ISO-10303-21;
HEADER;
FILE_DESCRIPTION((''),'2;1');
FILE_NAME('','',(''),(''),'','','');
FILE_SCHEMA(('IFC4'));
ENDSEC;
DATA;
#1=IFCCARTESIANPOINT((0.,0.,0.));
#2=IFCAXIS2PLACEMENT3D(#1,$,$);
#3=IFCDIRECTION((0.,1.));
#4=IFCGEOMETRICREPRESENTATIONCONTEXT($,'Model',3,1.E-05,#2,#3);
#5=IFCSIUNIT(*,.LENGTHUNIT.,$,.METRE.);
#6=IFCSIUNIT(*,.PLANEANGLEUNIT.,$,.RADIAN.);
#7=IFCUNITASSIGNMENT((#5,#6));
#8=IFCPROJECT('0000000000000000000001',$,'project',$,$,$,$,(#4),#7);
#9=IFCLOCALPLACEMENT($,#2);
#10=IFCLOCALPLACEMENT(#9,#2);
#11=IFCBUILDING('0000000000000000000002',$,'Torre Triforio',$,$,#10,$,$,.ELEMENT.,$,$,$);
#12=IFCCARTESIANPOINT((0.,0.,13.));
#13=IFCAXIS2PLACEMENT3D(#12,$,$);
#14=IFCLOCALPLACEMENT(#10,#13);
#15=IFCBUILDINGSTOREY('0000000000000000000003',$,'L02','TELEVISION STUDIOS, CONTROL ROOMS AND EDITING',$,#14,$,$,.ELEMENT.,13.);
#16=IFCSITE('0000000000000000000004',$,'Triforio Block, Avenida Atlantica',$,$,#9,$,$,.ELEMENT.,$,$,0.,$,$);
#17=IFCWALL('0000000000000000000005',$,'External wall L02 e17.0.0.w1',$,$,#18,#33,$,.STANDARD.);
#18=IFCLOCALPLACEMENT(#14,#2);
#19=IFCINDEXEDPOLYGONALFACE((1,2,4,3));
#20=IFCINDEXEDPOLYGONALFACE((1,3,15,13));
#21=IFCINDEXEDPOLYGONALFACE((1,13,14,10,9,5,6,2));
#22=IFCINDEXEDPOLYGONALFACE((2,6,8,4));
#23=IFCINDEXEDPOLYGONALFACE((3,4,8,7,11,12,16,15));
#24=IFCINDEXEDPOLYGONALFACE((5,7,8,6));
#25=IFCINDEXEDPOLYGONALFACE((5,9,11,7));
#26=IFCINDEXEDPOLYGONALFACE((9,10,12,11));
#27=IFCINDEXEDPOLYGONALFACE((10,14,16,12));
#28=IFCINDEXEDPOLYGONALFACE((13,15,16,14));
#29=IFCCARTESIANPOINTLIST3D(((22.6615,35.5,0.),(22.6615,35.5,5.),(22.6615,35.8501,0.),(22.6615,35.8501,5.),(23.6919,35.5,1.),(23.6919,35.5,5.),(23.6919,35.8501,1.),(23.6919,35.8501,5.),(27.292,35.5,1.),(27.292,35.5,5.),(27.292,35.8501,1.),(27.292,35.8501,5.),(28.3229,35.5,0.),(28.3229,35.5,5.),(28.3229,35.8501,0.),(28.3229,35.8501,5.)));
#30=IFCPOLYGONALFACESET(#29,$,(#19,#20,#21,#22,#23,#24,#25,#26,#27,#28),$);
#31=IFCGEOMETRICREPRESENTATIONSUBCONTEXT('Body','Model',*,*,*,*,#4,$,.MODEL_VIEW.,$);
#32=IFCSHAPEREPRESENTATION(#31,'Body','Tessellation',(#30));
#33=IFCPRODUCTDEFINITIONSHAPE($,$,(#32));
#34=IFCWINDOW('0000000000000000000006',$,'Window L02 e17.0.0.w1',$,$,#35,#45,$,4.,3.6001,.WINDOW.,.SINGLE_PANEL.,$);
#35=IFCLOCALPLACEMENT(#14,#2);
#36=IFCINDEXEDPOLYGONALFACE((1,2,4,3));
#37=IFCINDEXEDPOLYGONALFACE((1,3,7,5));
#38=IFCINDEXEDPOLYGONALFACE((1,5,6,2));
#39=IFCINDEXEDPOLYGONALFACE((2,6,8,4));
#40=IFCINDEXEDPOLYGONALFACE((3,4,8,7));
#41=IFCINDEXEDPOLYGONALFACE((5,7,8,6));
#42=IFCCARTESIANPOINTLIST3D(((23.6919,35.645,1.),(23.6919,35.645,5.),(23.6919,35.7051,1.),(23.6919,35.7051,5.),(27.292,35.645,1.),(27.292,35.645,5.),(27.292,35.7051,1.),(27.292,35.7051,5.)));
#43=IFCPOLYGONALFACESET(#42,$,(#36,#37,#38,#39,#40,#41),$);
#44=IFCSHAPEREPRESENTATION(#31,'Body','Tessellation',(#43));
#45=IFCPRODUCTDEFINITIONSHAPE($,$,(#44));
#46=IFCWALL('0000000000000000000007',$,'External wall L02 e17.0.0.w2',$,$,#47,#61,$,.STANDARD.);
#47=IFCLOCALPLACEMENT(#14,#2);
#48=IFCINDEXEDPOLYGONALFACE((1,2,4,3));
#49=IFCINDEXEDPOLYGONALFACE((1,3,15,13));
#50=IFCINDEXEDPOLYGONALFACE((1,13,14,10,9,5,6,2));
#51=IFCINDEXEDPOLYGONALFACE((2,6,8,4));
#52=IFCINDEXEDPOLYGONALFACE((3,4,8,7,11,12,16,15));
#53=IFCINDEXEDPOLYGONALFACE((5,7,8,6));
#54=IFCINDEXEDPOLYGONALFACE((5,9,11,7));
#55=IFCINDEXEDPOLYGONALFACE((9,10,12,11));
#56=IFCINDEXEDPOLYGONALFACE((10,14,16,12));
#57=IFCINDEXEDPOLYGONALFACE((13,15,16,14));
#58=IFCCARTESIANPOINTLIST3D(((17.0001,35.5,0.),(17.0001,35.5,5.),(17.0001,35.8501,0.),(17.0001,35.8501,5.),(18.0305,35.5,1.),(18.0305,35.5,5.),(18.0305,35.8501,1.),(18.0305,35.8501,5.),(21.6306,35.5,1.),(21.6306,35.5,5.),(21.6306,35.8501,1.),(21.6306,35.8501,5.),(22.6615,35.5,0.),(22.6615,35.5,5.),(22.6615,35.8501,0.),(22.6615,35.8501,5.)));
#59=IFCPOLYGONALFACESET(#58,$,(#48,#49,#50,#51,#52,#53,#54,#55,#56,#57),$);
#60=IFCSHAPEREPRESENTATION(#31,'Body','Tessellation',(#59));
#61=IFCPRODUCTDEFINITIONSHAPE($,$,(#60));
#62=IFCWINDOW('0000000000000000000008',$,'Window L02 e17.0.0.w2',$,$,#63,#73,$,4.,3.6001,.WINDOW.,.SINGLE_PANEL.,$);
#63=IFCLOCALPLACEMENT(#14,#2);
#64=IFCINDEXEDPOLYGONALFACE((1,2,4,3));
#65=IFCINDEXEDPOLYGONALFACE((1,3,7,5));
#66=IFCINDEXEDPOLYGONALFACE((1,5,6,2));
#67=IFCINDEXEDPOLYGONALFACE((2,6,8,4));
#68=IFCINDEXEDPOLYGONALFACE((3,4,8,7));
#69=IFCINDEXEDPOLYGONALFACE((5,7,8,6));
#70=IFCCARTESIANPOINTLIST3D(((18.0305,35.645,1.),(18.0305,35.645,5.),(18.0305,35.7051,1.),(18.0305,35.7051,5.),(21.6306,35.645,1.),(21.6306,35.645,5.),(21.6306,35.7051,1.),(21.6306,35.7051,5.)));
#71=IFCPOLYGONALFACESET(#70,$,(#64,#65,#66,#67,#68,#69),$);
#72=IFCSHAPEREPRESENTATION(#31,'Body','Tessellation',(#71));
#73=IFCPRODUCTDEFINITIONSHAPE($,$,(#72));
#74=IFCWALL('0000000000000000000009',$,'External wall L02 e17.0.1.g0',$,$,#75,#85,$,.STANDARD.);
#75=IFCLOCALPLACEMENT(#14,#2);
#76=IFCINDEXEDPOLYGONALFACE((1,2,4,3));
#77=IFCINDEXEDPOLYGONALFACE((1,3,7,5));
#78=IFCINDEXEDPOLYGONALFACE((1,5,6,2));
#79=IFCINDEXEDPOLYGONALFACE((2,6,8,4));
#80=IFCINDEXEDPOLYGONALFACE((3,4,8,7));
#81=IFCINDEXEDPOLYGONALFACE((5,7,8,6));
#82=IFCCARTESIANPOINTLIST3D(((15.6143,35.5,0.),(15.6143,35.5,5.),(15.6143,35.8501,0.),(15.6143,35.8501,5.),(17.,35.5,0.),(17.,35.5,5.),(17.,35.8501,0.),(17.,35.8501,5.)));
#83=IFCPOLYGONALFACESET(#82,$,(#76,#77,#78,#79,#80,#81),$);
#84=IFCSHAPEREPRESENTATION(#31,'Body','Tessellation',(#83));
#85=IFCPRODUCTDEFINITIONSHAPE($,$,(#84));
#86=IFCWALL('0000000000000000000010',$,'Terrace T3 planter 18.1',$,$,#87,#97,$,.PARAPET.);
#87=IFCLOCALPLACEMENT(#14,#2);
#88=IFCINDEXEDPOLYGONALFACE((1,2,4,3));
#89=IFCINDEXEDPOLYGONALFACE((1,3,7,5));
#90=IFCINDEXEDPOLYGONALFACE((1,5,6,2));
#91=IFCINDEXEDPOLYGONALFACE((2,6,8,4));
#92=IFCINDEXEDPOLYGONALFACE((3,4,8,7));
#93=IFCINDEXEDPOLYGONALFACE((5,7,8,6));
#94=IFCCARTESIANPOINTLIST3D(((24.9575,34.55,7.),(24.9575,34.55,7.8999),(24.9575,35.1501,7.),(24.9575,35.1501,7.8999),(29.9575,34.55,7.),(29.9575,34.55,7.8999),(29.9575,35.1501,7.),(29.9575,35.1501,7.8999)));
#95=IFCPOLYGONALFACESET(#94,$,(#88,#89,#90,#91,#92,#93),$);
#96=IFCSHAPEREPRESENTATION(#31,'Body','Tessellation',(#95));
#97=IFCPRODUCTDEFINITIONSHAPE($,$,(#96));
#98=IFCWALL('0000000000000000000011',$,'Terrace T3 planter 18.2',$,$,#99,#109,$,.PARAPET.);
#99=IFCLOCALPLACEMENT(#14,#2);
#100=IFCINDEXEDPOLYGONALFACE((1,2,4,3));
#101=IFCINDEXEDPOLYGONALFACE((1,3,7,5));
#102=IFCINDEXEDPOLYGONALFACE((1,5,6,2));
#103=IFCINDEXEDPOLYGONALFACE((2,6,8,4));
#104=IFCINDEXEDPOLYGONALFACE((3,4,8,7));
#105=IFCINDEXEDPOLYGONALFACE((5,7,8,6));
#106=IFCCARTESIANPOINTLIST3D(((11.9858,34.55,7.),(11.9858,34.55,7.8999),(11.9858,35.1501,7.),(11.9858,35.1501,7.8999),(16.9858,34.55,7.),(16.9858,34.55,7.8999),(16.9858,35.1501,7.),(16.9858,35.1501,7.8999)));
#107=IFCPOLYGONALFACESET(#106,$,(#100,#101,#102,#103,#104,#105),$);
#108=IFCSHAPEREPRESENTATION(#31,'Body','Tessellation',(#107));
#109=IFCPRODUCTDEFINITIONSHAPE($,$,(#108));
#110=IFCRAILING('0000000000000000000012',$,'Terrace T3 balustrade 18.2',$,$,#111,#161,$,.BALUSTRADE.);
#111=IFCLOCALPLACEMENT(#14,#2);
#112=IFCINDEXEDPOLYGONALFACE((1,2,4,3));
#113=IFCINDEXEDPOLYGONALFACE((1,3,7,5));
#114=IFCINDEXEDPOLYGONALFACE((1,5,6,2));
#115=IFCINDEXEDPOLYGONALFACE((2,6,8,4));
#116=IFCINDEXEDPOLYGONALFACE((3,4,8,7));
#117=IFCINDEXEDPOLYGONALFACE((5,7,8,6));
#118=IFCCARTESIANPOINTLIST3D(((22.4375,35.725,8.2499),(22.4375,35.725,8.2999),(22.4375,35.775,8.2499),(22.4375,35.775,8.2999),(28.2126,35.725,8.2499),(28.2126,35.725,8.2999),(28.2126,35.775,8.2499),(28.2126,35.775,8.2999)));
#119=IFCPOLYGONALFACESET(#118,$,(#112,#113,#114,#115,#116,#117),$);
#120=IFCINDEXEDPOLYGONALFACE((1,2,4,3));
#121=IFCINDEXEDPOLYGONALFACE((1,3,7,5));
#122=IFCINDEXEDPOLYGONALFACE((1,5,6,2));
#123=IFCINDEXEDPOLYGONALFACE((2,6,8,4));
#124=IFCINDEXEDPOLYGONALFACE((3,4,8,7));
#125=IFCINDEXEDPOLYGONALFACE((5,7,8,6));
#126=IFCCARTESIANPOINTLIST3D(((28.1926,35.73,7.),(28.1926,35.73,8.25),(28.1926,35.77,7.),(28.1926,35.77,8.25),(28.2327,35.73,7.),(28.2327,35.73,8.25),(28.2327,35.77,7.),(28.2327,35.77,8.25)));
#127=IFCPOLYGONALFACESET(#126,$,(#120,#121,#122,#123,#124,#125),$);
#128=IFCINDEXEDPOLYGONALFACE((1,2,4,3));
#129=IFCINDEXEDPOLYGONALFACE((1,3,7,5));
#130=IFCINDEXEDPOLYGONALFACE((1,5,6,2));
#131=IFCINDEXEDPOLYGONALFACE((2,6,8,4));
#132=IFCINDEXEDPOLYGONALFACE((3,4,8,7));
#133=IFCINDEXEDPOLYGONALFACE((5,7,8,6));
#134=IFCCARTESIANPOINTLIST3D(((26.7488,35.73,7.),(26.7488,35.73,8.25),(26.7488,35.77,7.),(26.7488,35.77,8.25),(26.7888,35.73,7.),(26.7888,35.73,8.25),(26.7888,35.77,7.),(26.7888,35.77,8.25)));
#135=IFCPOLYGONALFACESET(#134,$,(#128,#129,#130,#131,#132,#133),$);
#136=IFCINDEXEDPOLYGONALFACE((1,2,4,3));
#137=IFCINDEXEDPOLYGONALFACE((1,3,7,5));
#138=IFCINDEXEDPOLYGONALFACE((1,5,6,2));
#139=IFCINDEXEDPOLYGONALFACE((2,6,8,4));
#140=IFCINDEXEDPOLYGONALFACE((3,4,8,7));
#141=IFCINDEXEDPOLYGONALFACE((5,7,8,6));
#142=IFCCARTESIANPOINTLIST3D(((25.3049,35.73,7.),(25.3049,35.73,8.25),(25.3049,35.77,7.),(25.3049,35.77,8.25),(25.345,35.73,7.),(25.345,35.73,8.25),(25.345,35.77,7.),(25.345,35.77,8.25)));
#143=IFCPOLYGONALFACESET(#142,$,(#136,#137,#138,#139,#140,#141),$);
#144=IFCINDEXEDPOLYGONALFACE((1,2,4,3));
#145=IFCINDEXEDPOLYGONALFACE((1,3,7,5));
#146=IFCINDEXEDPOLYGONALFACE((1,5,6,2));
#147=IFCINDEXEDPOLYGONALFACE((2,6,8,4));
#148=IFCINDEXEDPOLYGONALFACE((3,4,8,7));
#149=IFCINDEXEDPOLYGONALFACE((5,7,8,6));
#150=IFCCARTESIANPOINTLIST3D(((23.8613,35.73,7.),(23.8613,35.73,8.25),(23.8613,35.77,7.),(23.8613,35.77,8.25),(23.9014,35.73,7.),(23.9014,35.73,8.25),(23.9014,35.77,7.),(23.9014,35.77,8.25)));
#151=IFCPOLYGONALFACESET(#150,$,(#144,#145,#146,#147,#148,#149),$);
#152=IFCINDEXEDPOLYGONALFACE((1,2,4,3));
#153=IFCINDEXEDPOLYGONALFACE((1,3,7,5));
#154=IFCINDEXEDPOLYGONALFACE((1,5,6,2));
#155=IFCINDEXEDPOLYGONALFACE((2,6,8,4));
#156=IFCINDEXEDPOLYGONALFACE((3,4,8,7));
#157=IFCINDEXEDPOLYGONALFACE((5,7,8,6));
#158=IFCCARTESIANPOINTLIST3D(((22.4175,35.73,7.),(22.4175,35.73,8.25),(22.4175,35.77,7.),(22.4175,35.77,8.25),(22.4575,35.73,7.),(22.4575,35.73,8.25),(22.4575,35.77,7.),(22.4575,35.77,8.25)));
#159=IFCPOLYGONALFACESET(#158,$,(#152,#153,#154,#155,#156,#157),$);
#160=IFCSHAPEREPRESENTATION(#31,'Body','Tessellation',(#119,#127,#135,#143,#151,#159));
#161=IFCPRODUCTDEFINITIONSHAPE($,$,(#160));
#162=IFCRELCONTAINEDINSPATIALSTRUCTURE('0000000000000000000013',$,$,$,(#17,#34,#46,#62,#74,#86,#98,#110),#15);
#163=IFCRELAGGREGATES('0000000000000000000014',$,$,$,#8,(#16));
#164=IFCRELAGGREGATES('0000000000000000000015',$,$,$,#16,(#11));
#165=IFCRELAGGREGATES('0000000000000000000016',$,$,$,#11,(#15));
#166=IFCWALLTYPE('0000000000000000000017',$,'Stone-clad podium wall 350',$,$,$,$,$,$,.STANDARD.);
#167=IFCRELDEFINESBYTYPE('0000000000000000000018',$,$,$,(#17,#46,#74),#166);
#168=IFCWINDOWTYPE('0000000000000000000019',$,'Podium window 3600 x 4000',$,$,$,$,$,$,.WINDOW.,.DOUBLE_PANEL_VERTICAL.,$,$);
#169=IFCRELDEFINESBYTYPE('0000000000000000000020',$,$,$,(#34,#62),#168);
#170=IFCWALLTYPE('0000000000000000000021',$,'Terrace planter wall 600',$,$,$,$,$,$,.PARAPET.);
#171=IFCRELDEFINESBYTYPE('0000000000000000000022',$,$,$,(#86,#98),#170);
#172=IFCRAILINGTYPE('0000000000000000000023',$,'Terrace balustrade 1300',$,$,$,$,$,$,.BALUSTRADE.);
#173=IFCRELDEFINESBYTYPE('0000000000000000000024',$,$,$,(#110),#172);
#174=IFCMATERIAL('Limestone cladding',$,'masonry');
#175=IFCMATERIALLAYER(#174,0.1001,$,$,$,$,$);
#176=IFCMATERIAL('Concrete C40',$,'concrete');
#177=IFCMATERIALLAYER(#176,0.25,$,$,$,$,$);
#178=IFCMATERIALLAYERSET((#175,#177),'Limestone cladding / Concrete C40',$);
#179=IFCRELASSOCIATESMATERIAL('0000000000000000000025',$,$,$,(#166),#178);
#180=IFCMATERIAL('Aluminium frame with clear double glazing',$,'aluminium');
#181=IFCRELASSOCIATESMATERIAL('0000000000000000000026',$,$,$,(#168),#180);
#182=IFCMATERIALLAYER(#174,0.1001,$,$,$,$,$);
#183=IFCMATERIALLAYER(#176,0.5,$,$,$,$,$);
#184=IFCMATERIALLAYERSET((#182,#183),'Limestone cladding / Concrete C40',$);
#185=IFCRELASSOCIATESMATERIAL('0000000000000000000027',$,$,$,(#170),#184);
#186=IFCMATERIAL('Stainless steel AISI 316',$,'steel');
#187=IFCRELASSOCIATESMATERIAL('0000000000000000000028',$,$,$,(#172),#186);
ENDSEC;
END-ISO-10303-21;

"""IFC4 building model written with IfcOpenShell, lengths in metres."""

from ifc_helpers import new_model, si_unit, direction, frame, frame_2d, origin, origin_2d, place, context, subcontext, project, spatial, rectangle, extrude, material, layer, layer_set, type_object, element, fill, save


model = new_model("IFC4")

# Units and contexts
model_context = context("Model", 3, precision=1e-05, world=origin(), true_north=direction((0.0, 1.0)))
body_context = subcontext(model_context, "Body", "Model", "MODEL_VIEW")
ifc_project = project(units=[si_unit("LENGTHUNIT", "METRE"), si_unit("PLANEANGLEUNIT", "RADIAN")], contexts=[model_context])

# Site, building, storey
site_placement = place(None, origin())
site = spatial("IfcSite", under=ifc_project, at=site_placement, Name="Triforio Block, Avenida Atlantica", CompositionType="ELEMENT", RefElevation=0.0)
building_placement = place(site_placement, origin())
building = spatial("IfcBuilding", under=site, at=building_placement, Name="Torre Triforio", CompositionType="ELEMENT")
storey_placement = place(building_placement, frame((0.0, 0.0, 13.0)))
storey = spatial("IfcBuildingStorey", under=building, at=storey_placement, Name="L02", Description="TELEVISION STUDIOS, CONTROL ROOMS AND EDITING", CompositionType="ELEMENT", Elevation=13.0)

# Walls, openings, windows
ifc_material_1 = material(Name="Limestone cladding", Category="masonry")
ifc_layer_1 = layer(ifc_material_1, 0.1001)
ifc_material_2 = material(Name="Concrete C40", Category="concrete")
ifc_layer_2 = layer(ifc_material_2, 0.25)
ifc_layer_set_1 = layer_set([ifc_layer_1, ifc_layer_2], Name="Limestone cladding / Concrete C40")
wall_type_1 = type_object("IfcWallType", Name="Stone-clad podium wall 350", PredefinedType="STANDARD", material=ifc_layer_set_1)
wall_1_placement = place(storey_placement, frame((28.3228, 35.675, 0.0), z_axis=(0.0, 0.0, 1.0), x_axis=(-1.0, 0.0, 0.0)))
wall_1 = element("IfcWall", 1, at=wall_1_placement, inside=storey, type_object=wall_type_1, Name="External wall L02 e17.0.0.w1", PredefinedType="STANDARD", context=body_context, shape_type="SweptSolid", body=[
    extrude(rectangle(XDim=5.6614, YDim=0.3501, at=frame_2d((2.8306, 0.0))), origin(), (0.0, 0.0, 1.0), 5.0),
])
opening_1_placement = place(wall_1_placement, frame((1.0308, 0.0, 1.0)))
opening_1 = element("IfcOpeningElement", 2, at=opening_1_placement, cuts=wall_1, PredefinedType="OPENING", context=body_context, shape_type="SweptSolid", body=[
    extrude(rectangle(XDim=3.6001, YDim=4.0, at=frame_2d((1.8, 2.0))), frame((0.0, 0.1851, 0.0), z_axis=(0.0, -1.0, 0.0), x_axis=(1.0, 0.0, 0.0)), (0.0, 0.0, 1.0), 0.3701),
])
ifc_material_3 = material(Name="Aluminium frame with clear double glazing", Category="aluminium")
window_type = type_object("IfcWindowType", Name="Podium window 3600 x 4000", PartitioningType="DOUBLE_PANEL_VERTICAL", PredefinedType="WINDOW", material=ifc_material_3)
window_1_placement = place(opening_1_placement, origin())
window_1 = element("IfcWindow", 3, at=window_1_placement, inside=storey, type_object=window_type, Name="Window L02 e17.0.0.w1", OverallHeight=4.0, OverallWidth=3.6001, PartitioningType="SINGLE_PANEL", PredefinedType="WINDOW", context=body_context, shape_type="SweptSolid", body=[
    extrude(rectangle(XDim=3.6001, YDim=4.0, at=frame_2d((1.8, 2.0))), frame((0.0, 0.03, 0.0), z_axis=(0.0, -1.0, 0.0), x_axis=(1.0, 0.0, 0.0)), (0.0, 0.0, 1.0), 0.0601),
])
fill(opening_1, window_1)
wall_2_placement = place(storey_placement, frame((22.6614, 35.675, 0.0), z_axis=(0.0, 0.0, 1.0), x_axis=(-1.0, 0.0, 0.0)))
wall_2 = element("IfcWall", 4, at=wall_2_placement, inside=storey, type_object=wall_type_1, Name="External wall L02 e17.0.0.w2", PredefinedType="STANDARD", context=body_context, shape_type="SweptSolid", body=[
    extrude(rectangle(XDim=5.6614, YDim=0.3501, at=frame_2d((2.8306, 0.0))), origin(), (0.0, 0.0, 1.0), 5.0),
])
opening_2_placement = place(wall_2_placement, frame((1.0308, 0.0, 1.0)))
opening_2 = element("IfcOpeningElement", 5, at=opening_2_placement, cuts=wall_2, PredefinedType="OPENING", context=body_context, shape_type="SweptSolid", body=[
    extrude(rectangle(XDim=3.6001, YDim=4.0, at=frame_2d((1.8, 2.0))), frame((0.0, 0.1851, 0.0), z_axis=(0.0, -1.0, 0.0), x_axis=(1.0, 0.0, 0.0)), (0.0, 0.0, 1.0), 0.3701),
])
window_2_placement = place(opening_2_placement, origin())
window_2 = element("IfcWindow", 6, at=window_2_placement, inside=storey, type_object=window_type, Name="Window L02 e17.0.0.w2", OverallHeight=4.0, OverallWidth=3.6001, PartitioningType="SINGLE_PANEL", PredefinedType="WINDOW", context=body_context, shape_type="SweptSolid", body=[
    extrude(rectangle(XDim=3.6001, YDim=4.0, at=frame_2d((1.8, 2.0))), frame((0.0, 0.03, 0.0), z_axis=(0.0, -1.0, 0.0), x_axis=(1.0, 0.0, 0.0)), (0.0, 0.0, 1.0), 0.0601),
])
fill(opening_2, window_2)

# Walls
wall_3_placement = place(storey_placement, frame((17.0, 35.675, 0.0), z_axis=(0.0, 0.0, 1.0), x_axis=(-1.0, 0.0, 0.0)))
element("IfcWall", 7, at=wall_3_placement, inside=storey, type_object=wall_type_1, Name="External wall L02 e17.0.1.g0", PredefinedType="STANDARD", context=body_context, shape_type="SweptSolid", body=[
    extrude(rectangle(XDim=1.3857, YDim=0.3501, at=frame_2d((0.6929, 0.0))), origin(), (0.0, 0.0, 1.0), 5.0),
])
ifc_layer_3 = layer(ifc_material_1, 0.1001)
ifc_layer_4 = layer(ifc_material_2, 0.5)
ifc_layer_set_2 = layer_set([ifc_layer_3, ifc_layer_4], Name="Limestone cladding / Concrete C40")
wall_type_2 = type_object("IfcWallType", Name="Terrace planter wall 600", PredefinedType="PARAPET", material=ifc_layer_set_2)
for number, where, z_axis, x_axis, name in (
    (8, (29.9575, 34.8501, 7.0), (0.0, 0.0, 1.0), (-1.0, 0.0, 0.0), "Terrace T3 planter 18.1"),
    (9, (16.9858, 34.8501, 7.0), (0.0, 0.0, 1.0), (-1.0, 0.0, 0.0), "Terrace T3 planter 18.2"),
):
    element("IfcWall", number, at=place(storey_placement, frame(where, z_axis=z_axis, x_axis=x_axis)), inside=storey, type_object=wall_type_2, Name=name, PredefinedType="PARAPET", context=body_context, shape_type="SweptSolid", body=[
        extrude(rectangle(XDim=5.0, YDim=0.6001, at=frame_2d((2.5, 0.0))), origin(), (0.0, 0.0, 1.0), 0.8999),
    ])

# Railing
ifc_material_4 = material(Name="Stainless steel AISI 316", Category="steel")
railing_type = type_object("IfcRailingType", Name="Terrace balustrade 1300", PredefinedType="BALUSTRADE", material=ifc_material_4)
railing_1_placement = place(storey_placement, frame((28.2126, 35.75, 7.0)))
element("IfcRailing", 10, at=railing_1_placement, inside=storey, type_object=railing_type, Name="Terrace T3 balustrade 18.2", PredefinedType="BALUSTRADE", context=body_context, shape_type="SweptSolid", body=[
    extrude(rectangle(XDim=0.05, YDim=0.05, at=origin_2d()), frame((0.0, 0.0, 1.2749), z_axis=(-1.0, 0.0, 0.0), x_axis=(0.0, -1.0, 0.0)), (0.0, 0.0, 1.0), 5.7751),
    extrude(rectangle(XDim=0.04, YDim=0.04, at=origin_2d()), origin(), (0.0, 0.0, 1.0), 1.25),
    extrude(rectangle(XDim=0.04, YDim=0.04, at=origin_2d()), frame((-1.4438, 0.0, 0.0)), (0.0, 0.0, 1.0), 1.25),
    extrude(rectangle(XDim=0.04, YDim=0.04, at=origin_2d()), frame((-2.8877, 0.0, 0.0)), (0.0, 0.0, 1.0), 1.25),
    extrude(rectangle(XDim=0.04, YDim=0.04, at=origin_2d()), frame((-4.3313, 0.0, 0.0)), (0.0, 0.0, 1.0), 1.25),
    extrude(rectangle(XDim=0.04, YDim=0.04, at=origin_2d()), frame((-5.7751, 0.0, 0.0)), (0.0, 0.0, 1.0), 1.25),
])

save(model, "model.ifc")
